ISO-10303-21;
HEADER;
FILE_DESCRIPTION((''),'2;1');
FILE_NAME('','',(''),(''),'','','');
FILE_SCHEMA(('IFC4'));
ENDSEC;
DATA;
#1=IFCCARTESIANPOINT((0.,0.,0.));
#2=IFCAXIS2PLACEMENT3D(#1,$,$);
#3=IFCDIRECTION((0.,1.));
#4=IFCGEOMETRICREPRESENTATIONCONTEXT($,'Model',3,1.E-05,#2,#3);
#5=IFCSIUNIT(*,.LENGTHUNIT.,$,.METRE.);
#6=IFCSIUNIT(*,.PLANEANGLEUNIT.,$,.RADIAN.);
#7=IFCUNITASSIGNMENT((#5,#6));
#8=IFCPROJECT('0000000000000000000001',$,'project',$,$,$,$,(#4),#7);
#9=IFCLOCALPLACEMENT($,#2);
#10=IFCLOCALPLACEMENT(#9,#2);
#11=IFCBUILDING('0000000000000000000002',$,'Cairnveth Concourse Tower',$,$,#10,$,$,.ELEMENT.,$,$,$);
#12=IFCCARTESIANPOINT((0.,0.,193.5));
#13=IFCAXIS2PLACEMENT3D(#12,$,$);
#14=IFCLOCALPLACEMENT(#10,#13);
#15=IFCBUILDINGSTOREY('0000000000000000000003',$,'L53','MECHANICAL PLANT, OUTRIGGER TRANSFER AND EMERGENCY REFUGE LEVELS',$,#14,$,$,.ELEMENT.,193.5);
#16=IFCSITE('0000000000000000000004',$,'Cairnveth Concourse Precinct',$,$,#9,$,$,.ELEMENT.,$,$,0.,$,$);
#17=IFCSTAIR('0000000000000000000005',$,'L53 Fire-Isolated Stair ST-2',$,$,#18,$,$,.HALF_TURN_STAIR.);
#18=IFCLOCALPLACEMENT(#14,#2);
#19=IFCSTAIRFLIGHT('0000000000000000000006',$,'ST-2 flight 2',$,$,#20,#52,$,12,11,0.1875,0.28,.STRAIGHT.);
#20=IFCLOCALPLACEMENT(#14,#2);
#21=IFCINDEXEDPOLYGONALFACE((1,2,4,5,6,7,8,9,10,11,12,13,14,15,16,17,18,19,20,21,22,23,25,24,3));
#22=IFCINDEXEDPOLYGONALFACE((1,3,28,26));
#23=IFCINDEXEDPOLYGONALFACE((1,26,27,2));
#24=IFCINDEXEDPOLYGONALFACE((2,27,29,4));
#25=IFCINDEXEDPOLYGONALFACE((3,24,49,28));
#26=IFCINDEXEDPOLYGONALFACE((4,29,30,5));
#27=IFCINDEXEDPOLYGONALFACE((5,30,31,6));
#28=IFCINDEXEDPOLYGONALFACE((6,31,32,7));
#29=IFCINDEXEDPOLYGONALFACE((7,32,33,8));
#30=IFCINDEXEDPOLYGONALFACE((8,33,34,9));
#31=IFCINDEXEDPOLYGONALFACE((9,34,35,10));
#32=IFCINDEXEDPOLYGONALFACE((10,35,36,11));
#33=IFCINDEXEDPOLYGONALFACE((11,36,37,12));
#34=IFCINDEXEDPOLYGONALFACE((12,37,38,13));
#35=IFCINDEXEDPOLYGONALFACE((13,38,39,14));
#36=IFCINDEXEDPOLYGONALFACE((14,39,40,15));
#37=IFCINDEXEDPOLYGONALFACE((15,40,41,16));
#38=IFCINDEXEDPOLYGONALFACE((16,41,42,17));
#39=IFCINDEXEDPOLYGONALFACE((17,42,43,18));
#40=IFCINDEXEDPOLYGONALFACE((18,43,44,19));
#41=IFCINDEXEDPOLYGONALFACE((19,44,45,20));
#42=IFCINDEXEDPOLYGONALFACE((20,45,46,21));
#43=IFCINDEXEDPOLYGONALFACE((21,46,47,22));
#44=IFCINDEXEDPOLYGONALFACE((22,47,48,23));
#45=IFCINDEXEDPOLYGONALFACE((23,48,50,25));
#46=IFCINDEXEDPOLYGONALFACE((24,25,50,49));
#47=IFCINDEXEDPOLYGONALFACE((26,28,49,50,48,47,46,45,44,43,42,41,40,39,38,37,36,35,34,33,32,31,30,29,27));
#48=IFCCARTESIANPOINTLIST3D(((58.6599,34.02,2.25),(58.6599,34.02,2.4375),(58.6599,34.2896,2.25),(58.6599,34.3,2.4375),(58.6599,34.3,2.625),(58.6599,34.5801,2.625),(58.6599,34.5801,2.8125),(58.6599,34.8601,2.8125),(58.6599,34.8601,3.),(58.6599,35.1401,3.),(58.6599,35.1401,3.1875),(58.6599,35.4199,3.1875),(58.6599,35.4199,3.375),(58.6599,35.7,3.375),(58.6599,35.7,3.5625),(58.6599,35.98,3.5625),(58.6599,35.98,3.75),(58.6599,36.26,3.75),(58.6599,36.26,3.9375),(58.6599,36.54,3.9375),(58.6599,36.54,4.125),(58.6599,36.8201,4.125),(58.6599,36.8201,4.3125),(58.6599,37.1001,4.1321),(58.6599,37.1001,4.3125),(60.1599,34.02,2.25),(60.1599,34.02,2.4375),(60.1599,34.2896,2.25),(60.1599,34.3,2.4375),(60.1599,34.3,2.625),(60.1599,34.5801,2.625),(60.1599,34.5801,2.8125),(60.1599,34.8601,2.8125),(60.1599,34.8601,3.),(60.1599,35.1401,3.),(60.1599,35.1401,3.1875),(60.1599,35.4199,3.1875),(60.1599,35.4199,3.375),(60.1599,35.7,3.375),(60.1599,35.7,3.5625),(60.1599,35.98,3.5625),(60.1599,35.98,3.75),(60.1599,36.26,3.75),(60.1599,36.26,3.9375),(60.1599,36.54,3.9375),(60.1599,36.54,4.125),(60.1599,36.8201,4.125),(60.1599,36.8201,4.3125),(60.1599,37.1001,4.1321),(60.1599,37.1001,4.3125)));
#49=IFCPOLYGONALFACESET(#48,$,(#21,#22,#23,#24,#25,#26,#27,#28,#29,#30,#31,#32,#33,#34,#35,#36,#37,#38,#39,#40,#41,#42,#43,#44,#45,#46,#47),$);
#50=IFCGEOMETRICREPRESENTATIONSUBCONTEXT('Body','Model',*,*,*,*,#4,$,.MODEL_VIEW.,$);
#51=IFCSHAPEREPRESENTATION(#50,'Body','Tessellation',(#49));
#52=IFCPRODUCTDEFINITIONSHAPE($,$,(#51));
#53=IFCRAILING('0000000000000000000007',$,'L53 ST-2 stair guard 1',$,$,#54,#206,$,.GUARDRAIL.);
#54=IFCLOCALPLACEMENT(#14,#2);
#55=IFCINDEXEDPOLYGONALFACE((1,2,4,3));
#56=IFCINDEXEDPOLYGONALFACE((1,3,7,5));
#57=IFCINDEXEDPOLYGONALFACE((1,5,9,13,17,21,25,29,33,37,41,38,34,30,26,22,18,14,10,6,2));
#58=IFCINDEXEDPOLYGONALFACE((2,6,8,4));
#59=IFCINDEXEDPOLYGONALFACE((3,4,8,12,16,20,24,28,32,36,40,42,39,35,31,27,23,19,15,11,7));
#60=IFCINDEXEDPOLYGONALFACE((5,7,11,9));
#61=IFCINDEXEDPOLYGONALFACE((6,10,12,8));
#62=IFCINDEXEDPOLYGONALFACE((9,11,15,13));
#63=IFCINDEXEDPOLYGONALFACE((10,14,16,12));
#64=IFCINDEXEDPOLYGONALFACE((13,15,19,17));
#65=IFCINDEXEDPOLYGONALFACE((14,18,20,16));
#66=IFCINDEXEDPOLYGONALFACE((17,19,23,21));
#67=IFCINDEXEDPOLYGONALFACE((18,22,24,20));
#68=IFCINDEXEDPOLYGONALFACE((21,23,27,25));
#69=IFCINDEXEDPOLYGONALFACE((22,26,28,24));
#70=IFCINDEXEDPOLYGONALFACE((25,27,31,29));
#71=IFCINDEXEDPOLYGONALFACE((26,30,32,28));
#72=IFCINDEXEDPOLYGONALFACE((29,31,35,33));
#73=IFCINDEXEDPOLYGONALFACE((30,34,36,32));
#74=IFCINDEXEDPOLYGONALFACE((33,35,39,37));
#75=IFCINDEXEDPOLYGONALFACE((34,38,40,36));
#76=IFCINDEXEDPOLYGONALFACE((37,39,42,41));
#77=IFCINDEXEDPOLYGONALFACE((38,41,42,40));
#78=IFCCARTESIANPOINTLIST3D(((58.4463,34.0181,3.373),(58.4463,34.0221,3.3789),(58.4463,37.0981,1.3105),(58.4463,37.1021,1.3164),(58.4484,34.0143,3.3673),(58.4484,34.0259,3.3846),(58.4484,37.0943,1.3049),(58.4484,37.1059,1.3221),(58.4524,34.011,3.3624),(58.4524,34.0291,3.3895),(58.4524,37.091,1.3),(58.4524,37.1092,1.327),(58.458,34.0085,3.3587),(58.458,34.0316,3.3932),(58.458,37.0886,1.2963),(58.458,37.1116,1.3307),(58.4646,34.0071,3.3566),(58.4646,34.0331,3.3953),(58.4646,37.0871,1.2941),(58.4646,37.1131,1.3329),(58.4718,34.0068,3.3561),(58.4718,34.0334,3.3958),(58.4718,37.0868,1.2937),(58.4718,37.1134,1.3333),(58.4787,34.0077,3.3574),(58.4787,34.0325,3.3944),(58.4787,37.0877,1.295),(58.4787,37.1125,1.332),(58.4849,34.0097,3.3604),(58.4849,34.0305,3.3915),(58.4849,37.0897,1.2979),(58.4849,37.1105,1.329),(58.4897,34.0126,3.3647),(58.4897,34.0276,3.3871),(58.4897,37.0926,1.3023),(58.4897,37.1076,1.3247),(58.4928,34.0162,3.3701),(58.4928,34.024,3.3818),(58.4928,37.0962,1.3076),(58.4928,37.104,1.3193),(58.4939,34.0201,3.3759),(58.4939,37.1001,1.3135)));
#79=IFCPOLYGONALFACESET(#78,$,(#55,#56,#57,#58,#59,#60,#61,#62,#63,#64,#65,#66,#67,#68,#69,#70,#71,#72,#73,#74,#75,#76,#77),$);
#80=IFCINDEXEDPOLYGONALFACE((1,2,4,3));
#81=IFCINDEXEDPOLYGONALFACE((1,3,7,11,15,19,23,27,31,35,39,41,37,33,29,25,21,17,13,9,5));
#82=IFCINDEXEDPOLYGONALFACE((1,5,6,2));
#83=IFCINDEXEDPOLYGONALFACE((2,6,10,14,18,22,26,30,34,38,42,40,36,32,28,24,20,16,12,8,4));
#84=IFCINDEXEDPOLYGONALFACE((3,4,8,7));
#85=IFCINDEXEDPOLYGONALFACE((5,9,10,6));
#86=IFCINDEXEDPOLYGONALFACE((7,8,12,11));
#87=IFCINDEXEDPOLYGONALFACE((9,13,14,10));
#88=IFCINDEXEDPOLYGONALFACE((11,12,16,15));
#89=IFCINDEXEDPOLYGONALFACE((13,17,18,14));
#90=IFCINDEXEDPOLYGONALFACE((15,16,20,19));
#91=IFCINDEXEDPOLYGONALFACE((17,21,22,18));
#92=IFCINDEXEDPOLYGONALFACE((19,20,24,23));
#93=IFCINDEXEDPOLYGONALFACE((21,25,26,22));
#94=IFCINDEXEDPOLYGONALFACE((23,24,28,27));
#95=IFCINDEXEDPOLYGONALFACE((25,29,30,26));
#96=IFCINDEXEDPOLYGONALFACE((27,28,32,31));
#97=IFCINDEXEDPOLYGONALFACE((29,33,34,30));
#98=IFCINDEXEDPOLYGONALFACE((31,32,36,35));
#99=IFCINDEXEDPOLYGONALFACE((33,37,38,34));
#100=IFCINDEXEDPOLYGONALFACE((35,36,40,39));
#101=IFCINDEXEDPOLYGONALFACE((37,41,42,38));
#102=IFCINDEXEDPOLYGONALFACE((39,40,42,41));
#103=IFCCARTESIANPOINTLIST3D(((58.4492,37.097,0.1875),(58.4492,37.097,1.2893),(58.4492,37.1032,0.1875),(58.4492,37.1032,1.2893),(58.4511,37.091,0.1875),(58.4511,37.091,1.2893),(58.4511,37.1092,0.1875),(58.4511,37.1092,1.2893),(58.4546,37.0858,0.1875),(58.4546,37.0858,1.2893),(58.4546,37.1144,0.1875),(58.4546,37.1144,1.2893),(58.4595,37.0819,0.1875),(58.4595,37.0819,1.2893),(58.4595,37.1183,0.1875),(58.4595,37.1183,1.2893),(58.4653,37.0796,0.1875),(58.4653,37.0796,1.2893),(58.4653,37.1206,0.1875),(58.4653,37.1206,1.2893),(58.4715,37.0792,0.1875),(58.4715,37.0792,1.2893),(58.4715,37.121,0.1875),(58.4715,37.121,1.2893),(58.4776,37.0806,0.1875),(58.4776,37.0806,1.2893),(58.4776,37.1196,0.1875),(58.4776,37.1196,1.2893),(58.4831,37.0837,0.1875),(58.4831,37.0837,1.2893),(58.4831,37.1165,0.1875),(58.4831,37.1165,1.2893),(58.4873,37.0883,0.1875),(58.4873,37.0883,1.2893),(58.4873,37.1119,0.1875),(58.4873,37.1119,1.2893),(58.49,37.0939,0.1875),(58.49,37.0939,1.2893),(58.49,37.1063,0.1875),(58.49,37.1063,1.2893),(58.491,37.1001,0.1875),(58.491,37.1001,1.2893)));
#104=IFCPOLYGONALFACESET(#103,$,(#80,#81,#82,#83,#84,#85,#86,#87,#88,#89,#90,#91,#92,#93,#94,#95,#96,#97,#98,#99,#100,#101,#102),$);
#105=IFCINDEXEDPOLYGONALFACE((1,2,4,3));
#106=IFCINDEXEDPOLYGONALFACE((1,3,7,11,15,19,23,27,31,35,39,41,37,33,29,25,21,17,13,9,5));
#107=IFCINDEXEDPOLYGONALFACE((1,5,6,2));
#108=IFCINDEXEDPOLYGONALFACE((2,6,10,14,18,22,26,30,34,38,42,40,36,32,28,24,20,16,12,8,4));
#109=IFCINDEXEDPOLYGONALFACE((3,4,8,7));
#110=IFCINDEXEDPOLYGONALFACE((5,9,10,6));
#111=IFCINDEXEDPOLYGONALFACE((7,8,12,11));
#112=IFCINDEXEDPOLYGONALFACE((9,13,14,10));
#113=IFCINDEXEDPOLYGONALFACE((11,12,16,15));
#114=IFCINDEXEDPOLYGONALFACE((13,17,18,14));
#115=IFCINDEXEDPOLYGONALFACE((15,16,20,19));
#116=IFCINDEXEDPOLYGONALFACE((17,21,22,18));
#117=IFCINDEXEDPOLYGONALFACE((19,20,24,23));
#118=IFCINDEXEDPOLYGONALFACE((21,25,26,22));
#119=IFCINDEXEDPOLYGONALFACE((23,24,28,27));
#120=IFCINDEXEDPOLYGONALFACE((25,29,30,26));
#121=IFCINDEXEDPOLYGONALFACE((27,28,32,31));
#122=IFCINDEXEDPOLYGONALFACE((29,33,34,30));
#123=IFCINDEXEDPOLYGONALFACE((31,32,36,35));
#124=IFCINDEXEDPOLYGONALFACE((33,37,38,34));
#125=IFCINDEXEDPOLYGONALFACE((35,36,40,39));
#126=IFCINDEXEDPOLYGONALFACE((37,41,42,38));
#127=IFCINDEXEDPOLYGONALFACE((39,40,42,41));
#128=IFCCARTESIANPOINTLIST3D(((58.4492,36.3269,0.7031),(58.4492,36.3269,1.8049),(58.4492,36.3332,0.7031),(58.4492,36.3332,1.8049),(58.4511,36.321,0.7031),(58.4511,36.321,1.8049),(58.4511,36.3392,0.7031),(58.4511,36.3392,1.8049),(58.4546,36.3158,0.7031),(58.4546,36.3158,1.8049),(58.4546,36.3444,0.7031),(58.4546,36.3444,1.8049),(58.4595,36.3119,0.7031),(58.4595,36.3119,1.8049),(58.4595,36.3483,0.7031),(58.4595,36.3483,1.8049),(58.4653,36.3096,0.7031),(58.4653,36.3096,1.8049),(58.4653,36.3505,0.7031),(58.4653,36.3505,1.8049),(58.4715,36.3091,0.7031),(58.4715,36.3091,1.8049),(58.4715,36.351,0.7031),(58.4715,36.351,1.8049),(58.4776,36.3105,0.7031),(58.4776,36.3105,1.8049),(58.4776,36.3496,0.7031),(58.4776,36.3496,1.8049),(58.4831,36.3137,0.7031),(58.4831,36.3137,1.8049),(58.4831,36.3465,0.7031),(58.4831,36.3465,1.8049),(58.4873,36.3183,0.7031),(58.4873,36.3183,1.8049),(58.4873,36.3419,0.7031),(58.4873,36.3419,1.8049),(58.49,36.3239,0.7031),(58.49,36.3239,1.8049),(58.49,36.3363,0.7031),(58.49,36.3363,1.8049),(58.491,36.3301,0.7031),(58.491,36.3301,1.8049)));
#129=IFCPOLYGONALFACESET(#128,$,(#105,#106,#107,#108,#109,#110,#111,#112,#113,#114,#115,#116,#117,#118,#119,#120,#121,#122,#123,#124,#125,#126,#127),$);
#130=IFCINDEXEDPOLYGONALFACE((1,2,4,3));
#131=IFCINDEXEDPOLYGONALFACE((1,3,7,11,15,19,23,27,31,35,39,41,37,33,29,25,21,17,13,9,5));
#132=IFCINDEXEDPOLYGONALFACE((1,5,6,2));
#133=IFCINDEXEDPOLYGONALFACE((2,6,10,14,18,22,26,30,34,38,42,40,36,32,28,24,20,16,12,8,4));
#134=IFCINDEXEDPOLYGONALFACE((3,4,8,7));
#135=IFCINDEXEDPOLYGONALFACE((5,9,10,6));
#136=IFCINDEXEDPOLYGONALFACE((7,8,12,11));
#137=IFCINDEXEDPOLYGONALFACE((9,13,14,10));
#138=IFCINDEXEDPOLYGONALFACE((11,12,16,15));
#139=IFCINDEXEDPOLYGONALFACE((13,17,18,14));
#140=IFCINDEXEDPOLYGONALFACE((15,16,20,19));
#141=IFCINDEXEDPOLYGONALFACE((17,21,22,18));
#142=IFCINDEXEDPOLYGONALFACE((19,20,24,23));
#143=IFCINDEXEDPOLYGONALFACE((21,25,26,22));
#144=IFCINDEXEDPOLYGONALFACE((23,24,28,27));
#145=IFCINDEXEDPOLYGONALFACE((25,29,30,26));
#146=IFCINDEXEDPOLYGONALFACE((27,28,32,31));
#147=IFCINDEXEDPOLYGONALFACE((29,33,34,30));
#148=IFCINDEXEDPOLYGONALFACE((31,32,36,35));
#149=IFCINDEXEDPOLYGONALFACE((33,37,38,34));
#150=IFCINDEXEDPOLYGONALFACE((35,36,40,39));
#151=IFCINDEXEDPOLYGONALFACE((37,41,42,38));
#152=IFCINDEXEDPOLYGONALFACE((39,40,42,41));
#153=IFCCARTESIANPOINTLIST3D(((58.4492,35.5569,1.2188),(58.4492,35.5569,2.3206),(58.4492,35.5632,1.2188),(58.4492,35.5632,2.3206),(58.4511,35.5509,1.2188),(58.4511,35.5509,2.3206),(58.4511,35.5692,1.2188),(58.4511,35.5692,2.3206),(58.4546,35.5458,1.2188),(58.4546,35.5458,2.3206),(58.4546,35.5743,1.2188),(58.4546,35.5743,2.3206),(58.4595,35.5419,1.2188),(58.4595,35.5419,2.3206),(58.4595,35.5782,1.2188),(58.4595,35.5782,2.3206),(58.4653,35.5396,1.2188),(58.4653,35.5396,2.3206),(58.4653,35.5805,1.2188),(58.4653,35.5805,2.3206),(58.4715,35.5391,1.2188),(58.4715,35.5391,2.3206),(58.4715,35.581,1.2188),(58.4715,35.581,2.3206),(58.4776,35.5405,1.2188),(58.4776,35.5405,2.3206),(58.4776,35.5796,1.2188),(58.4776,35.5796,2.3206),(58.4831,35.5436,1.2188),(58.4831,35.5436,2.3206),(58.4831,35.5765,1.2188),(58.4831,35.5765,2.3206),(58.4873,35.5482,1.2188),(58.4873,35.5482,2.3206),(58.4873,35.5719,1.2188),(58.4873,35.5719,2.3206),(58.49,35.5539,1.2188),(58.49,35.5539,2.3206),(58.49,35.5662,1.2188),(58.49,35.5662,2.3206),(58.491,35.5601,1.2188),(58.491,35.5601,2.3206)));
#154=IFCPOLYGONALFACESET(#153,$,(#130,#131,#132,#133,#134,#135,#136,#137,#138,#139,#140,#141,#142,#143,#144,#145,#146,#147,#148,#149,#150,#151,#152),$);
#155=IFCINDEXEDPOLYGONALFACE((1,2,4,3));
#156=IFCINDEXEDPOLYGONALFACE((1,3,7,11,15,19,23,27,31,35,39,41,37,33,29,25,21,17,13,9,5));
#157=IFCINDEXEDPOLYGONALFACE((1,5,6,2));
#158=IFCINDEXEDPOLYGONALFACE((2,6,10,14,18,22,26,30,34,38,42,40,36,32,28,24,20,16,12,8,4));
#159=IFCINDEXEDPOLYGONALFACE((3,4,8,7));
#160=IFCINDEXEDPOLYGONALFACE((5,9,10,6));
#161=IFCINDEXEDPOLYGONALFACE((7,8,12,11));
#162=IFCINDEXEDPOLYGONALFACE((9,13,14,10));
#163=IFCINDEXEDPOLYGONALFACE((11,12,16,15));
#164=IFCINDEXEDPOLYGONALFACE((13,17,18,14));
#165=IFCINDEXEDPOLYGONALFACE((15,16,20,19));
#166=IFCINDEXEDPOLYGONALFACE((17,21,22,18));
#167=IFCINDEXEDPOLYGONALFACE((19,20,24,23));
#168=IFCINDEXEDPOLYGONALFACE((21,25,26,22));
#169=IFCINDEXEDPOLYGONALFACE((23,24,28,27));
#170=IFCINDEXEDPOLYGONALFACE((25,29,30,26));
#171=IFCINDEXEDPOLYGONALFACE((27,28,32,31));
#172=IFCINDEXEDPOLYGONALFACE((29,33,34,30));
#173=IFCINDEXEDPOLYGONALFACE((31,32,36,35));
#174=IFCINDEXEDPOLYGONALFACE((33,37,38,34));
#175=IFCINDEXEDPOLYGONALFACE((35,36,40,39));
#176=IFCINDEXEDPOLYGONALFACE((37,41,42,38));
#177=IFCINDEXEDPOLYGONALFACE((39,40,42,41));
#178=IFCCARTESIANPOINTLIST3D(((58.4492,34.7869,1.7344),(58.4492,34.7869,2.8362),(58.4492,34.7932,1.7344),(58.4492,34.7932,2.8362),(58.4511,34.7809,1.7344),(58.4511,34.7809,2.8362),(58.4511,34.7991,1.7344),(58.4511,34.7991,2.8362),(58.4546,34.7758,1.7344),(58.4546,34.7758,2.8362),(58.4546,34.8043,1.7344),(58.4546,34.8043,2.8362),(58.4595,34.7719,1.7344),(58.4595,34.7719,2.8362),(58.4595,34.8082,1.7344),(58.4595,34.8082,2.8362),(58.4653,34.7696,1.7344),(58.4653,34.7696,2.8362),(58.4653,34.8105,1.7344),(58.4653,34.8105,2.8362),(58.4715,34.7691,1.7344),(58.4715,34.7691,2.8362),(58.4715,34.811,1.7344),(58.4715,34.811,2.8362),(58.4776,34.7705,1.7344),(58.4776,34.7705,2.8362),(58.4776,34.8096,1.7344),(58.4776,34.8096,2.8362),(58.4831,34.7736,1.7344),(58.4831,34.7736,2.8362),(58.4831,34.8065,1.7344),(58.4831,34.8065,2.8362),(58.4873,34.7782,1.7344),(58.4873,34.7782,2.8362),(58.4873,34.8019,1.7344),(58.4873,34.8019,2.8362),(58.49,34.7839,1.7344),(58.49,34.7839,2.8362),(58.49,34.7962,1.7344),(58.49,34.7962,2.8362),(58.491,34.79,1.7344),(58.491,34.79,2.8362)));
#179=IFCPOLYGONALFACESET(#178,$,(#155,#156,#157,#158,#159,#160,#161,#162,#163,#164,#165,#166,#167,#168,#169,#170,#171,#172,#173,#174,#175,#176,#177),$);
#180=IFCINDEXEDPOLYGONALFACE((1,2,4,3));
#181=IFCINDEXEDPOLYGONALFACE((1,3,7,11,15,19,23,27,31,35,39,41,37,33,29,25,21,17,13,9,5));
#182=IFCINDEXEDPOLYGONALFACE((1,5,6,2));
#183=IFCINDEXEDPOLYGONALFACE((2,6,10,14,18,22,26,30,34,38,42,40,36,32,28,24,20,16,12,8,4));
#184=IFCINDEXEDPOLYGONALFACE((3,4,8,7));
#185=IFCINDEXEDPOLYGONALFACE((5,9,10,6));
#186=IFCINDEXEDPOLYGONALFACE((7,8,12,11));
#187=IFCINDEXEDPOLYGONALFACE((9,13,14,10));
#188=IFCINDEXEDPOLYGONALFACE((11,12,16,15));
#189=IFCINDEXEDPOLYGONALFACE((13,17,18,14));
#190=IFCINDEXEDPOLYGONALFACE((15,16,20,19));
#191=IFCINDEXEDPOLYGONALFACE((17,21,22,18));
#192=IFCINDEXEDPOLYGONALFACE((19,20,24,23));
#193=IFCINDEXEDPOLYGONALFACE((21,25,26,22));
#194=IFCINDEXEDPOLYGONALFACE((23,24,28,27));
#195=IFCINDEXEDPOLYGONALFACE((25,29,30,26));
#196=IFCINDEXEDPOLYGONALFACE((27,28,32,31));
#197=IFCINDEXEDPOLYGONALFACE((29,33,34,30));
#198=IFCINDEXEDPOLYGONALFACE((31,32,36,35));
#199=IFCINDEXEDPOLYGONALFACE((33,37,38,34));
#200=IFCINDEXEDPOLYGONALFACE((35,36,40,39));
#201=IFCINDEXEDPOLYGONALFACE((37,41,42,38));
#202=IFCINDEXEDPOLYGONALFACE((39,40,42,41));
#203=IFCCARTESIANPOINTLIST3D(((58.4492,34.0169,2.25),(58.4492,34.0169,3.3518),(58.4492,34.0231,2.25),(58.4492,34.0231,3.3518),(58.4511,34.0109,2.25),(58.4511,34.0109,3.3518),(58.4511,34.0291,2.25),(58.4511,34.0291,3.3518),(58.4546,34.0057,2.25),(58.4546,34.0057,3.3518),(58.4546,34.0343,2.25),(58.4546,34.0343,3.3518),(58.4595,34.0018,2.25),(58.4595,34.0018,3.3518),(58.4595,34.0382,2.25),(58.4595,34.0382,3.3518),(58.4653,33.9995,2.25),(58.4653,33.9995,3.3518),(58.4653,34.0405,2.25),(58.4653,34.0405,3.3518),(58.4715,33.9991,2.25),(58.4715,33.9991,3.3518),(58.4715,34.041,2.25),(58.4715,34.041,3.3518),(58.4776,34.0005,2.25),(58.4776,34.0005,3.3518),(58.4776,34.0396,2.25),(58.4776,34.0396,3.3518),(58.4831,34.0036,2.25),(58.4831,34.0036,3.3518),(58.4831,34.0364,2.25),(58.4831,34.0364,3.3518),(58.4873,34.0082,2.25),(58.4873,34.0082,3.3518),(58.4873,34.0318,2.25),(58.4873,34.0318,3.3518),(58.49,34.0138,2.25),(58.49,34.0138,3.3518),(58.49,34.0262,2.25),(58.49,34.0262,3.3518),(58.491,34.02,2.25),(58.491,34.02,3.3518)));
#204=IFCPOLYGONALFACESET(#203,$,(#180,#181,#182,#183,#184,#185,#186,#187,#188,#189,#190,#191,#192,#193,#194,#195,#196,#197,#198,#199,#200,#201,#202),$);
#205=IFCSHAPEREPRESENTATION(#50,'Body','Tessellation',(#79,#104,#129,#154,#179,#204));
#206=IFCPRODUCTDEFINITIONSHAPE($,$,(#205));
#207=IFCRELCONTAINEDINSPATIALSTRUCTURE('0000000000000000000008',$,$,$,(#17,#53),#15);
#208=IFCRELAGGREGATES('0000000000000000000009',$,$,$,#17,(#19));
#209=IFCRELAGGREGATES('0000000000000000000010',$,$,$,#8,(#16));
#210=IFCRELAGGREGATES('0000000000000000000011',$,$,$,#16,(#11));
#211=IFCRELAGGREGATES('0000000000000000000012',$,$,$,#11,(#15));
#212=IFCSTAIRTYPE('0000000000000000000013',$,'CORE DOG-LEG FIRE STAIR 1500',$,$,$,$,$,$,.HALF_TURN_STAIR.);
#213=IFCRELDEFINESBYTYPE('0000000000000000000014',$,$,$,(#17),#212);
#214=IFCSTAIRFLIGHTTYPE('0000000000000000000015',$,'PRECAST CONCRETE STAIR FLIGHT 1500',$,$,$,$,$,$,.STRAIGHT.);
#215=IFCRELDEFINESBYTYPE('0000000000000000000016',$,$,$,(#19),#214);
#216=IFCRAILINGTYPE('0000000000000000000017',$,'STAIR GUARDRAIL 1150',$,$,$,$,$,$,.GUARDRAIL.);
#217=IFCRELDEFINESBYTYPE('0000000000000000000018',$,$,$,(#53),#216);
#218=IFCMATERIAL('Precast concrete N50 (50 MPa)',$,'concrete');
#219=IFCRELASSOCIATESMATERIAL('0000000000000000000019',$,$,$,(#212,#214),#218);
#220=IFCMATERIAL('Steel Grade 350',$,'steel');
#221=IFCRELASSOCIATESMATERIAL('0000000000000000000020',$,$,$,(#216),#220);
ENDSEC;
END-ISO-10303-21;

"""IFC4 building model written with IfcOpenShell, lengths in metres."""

from ifc_helpers import new_model, si_unit, direction, frame, origin, origin_2d, place, context, subcontext, project, spatial, polyline, circle, outline, extrude, material, type_object, element, aggregate, save


model = new_model("IFC4")

# Units and contexts
model_context = context("Model", 3, precision=1e-05, world=origin(), true_north=direction((0.0, 1.0)))
body_context = subcontext(model_context, "Body", "Model", "MODEL_VIEW")
ifc_project = project(units=[si_unit("LENGTHUNIT", "METRE"), si_unit("PLANEANGLEUNIT", "RADIAN")], contexts=[model_context])

# Site, building, storey
site_placement = place(None, origin())
site = spatial("IfcSite", under=ifc_project, at=site_placement, Name="Cairnveth Concourse Precinct", CompositionType="ELEMENT", RefElevation=0.0)
building_placement = place(site_placement, origin())
building = spatial("IfcBuilding", under=site, at=building_placement, Name="Cairnveth Concourse Tower", CompositionType="ELEMENT")
storey_placement = place(building_placement, frame((0.0, 0.0, 193.5)))
storey = spatial("IfcBuildingStorey", under=building, at=storey_placement, Name="L53", Description="MECHANICAL PLANT, OUTRIGGER TRANSFER AND EMERGENCY REFUGE LEVELS", CompositionType="ELEMENT", Elevation=193.5)

# Shared definitions
ifc_material_1 = material(Name="Steel Grade 350", Category="steel")

# Stair, stair flight
ifc_material_2 = material(Name="Precast concrete N50 (50 MPa)", Category="concrete")
stair_type = type_object("IfcStairType", Name="CORE DOG-LEG FIRE STAIR 1500", PredefinedType="HALF_TURN_STAIR", material=ifc_material_2)
stair_placement = place(storey_placement, origin())
stair = element("IfcStair", 1, at=stair_placement, inside=storey, type_object=stair_type, Name="L53 Fire-Isolated Stair ST-2", PredefinedType="HALF_TURN_STAIR")
stair_flight_type = type_object("IfcStairFlightType", Name="PRECAST CONCRETE STAIR FLIGHT 1500", PredefinedType="STRAIGHT", material=ifc_material_2)
stair_flight_1_placement = place(storey_placement, frame((59.4099, 34.02, 2.25), z_axis=(0.0, 0.0, 1.0), x_axis=(0.0, 1.0, 0.0)))
stair_flight_1 = element("IfcStairFlight", 2, at=stair_flight_1_placement, type_object=stair_flight_type, Name="ST-2 flight 2", NumberOfRisers=12, NumberOfTreads=11, PredefinedType="STRAIGHT", RiserHeight=0.1875, TreadLength=0.28, context=body_context, shape_type="SweptSolid", body=[
    extrude(outline(polyline([(0.0, 0.0), (0.0, 0.1875), (0.28, 0.1875), (0.28, 0.375), (0.5601, 0.375), (0.5601, 0.5625), (0.8401, 0.5625), (0.8401, 0.75), (1.1201, 0.75), (1.1201, 0.9375), (1.3999, 0.9375), (1.3999, 1.125), (1.6799, 1.125), (1.6799, 1.3125), (1.96, 1.3125), (1.96, 1.5), (2.24, 1.5), (2.24, 1.6875), (2.52, 1.6875), (2.52, 1.875), (2.8, 1.875), (2.8, 2.0625), (3.0801, 2.0625), (3.0801, 2.25), (3.0801, 1.8821), (0.2695, 0.0), (0.0, 0.0)])), frame((0.0, 0.75, 0.0), z_axis=(0.0, -1.0, 0.0), x_axis=(1.0, 0.0, 0.0)), (0.0, 0.0, 1.0), 1.5),
])
aggregate(stair, [stair_flight_1])

# Railing
railing_type_1 = type_object("IfcRailingType", Name="STAIR GUARDRAIL 1150", PredefinedType="GUARDRAIL", material=ifc_material_1)
railing_1_placement = place(storey_placement, frame((58.47, 37.1001, 0.1875)))
element("IfcRailing", 3, at=railing_1_placement, inside=storey, type_object=railing_type_1, Name="L53 ST-2 stair guard 1", PredefinedType="GUARDRAIL", context=body_context, shape_type="SweptSolid", body=[
    extrude(circle(Radius=0.0239, at=origin_2d()), frame((0.0, 0.0, 1.126), z_axis=(0.0, -0.830914, 0.556401), x_axis=(1.0, 0.0, 0.0)), (0.0, 0.0, 1.0), 3.7068),
    extrude(circle(Radius=0.021, at=origin_2d()), origin(), (0.0, 0.0, 1.0), 1.1018),
    extrude(circle(Radius=0.021, at=origin_2d()), frame((0.0, -0.77, 0.5156)), (0.0, 0.0, 1.0), 1.1018),
    extrude(circle(Radius=0.021, at=origin_2d()), frame((0.0, -1.54, 1.0312)), (0.0, 0.0, 1.0), 1.1018),
    extrude(circle(Radius=0.021, at=origin_2d()), frame((0.0, -2.3101, 1.5469)), (0.0, 0.0, 1.0), 1.1018),
    extrude(circle(Radius=0.021, at=origin_2d()), frame((0.0, -3.0801, 2.0625)), (0.0, 0.0, 1.0), 1.1018),
])

save(model, "model.ifc")
